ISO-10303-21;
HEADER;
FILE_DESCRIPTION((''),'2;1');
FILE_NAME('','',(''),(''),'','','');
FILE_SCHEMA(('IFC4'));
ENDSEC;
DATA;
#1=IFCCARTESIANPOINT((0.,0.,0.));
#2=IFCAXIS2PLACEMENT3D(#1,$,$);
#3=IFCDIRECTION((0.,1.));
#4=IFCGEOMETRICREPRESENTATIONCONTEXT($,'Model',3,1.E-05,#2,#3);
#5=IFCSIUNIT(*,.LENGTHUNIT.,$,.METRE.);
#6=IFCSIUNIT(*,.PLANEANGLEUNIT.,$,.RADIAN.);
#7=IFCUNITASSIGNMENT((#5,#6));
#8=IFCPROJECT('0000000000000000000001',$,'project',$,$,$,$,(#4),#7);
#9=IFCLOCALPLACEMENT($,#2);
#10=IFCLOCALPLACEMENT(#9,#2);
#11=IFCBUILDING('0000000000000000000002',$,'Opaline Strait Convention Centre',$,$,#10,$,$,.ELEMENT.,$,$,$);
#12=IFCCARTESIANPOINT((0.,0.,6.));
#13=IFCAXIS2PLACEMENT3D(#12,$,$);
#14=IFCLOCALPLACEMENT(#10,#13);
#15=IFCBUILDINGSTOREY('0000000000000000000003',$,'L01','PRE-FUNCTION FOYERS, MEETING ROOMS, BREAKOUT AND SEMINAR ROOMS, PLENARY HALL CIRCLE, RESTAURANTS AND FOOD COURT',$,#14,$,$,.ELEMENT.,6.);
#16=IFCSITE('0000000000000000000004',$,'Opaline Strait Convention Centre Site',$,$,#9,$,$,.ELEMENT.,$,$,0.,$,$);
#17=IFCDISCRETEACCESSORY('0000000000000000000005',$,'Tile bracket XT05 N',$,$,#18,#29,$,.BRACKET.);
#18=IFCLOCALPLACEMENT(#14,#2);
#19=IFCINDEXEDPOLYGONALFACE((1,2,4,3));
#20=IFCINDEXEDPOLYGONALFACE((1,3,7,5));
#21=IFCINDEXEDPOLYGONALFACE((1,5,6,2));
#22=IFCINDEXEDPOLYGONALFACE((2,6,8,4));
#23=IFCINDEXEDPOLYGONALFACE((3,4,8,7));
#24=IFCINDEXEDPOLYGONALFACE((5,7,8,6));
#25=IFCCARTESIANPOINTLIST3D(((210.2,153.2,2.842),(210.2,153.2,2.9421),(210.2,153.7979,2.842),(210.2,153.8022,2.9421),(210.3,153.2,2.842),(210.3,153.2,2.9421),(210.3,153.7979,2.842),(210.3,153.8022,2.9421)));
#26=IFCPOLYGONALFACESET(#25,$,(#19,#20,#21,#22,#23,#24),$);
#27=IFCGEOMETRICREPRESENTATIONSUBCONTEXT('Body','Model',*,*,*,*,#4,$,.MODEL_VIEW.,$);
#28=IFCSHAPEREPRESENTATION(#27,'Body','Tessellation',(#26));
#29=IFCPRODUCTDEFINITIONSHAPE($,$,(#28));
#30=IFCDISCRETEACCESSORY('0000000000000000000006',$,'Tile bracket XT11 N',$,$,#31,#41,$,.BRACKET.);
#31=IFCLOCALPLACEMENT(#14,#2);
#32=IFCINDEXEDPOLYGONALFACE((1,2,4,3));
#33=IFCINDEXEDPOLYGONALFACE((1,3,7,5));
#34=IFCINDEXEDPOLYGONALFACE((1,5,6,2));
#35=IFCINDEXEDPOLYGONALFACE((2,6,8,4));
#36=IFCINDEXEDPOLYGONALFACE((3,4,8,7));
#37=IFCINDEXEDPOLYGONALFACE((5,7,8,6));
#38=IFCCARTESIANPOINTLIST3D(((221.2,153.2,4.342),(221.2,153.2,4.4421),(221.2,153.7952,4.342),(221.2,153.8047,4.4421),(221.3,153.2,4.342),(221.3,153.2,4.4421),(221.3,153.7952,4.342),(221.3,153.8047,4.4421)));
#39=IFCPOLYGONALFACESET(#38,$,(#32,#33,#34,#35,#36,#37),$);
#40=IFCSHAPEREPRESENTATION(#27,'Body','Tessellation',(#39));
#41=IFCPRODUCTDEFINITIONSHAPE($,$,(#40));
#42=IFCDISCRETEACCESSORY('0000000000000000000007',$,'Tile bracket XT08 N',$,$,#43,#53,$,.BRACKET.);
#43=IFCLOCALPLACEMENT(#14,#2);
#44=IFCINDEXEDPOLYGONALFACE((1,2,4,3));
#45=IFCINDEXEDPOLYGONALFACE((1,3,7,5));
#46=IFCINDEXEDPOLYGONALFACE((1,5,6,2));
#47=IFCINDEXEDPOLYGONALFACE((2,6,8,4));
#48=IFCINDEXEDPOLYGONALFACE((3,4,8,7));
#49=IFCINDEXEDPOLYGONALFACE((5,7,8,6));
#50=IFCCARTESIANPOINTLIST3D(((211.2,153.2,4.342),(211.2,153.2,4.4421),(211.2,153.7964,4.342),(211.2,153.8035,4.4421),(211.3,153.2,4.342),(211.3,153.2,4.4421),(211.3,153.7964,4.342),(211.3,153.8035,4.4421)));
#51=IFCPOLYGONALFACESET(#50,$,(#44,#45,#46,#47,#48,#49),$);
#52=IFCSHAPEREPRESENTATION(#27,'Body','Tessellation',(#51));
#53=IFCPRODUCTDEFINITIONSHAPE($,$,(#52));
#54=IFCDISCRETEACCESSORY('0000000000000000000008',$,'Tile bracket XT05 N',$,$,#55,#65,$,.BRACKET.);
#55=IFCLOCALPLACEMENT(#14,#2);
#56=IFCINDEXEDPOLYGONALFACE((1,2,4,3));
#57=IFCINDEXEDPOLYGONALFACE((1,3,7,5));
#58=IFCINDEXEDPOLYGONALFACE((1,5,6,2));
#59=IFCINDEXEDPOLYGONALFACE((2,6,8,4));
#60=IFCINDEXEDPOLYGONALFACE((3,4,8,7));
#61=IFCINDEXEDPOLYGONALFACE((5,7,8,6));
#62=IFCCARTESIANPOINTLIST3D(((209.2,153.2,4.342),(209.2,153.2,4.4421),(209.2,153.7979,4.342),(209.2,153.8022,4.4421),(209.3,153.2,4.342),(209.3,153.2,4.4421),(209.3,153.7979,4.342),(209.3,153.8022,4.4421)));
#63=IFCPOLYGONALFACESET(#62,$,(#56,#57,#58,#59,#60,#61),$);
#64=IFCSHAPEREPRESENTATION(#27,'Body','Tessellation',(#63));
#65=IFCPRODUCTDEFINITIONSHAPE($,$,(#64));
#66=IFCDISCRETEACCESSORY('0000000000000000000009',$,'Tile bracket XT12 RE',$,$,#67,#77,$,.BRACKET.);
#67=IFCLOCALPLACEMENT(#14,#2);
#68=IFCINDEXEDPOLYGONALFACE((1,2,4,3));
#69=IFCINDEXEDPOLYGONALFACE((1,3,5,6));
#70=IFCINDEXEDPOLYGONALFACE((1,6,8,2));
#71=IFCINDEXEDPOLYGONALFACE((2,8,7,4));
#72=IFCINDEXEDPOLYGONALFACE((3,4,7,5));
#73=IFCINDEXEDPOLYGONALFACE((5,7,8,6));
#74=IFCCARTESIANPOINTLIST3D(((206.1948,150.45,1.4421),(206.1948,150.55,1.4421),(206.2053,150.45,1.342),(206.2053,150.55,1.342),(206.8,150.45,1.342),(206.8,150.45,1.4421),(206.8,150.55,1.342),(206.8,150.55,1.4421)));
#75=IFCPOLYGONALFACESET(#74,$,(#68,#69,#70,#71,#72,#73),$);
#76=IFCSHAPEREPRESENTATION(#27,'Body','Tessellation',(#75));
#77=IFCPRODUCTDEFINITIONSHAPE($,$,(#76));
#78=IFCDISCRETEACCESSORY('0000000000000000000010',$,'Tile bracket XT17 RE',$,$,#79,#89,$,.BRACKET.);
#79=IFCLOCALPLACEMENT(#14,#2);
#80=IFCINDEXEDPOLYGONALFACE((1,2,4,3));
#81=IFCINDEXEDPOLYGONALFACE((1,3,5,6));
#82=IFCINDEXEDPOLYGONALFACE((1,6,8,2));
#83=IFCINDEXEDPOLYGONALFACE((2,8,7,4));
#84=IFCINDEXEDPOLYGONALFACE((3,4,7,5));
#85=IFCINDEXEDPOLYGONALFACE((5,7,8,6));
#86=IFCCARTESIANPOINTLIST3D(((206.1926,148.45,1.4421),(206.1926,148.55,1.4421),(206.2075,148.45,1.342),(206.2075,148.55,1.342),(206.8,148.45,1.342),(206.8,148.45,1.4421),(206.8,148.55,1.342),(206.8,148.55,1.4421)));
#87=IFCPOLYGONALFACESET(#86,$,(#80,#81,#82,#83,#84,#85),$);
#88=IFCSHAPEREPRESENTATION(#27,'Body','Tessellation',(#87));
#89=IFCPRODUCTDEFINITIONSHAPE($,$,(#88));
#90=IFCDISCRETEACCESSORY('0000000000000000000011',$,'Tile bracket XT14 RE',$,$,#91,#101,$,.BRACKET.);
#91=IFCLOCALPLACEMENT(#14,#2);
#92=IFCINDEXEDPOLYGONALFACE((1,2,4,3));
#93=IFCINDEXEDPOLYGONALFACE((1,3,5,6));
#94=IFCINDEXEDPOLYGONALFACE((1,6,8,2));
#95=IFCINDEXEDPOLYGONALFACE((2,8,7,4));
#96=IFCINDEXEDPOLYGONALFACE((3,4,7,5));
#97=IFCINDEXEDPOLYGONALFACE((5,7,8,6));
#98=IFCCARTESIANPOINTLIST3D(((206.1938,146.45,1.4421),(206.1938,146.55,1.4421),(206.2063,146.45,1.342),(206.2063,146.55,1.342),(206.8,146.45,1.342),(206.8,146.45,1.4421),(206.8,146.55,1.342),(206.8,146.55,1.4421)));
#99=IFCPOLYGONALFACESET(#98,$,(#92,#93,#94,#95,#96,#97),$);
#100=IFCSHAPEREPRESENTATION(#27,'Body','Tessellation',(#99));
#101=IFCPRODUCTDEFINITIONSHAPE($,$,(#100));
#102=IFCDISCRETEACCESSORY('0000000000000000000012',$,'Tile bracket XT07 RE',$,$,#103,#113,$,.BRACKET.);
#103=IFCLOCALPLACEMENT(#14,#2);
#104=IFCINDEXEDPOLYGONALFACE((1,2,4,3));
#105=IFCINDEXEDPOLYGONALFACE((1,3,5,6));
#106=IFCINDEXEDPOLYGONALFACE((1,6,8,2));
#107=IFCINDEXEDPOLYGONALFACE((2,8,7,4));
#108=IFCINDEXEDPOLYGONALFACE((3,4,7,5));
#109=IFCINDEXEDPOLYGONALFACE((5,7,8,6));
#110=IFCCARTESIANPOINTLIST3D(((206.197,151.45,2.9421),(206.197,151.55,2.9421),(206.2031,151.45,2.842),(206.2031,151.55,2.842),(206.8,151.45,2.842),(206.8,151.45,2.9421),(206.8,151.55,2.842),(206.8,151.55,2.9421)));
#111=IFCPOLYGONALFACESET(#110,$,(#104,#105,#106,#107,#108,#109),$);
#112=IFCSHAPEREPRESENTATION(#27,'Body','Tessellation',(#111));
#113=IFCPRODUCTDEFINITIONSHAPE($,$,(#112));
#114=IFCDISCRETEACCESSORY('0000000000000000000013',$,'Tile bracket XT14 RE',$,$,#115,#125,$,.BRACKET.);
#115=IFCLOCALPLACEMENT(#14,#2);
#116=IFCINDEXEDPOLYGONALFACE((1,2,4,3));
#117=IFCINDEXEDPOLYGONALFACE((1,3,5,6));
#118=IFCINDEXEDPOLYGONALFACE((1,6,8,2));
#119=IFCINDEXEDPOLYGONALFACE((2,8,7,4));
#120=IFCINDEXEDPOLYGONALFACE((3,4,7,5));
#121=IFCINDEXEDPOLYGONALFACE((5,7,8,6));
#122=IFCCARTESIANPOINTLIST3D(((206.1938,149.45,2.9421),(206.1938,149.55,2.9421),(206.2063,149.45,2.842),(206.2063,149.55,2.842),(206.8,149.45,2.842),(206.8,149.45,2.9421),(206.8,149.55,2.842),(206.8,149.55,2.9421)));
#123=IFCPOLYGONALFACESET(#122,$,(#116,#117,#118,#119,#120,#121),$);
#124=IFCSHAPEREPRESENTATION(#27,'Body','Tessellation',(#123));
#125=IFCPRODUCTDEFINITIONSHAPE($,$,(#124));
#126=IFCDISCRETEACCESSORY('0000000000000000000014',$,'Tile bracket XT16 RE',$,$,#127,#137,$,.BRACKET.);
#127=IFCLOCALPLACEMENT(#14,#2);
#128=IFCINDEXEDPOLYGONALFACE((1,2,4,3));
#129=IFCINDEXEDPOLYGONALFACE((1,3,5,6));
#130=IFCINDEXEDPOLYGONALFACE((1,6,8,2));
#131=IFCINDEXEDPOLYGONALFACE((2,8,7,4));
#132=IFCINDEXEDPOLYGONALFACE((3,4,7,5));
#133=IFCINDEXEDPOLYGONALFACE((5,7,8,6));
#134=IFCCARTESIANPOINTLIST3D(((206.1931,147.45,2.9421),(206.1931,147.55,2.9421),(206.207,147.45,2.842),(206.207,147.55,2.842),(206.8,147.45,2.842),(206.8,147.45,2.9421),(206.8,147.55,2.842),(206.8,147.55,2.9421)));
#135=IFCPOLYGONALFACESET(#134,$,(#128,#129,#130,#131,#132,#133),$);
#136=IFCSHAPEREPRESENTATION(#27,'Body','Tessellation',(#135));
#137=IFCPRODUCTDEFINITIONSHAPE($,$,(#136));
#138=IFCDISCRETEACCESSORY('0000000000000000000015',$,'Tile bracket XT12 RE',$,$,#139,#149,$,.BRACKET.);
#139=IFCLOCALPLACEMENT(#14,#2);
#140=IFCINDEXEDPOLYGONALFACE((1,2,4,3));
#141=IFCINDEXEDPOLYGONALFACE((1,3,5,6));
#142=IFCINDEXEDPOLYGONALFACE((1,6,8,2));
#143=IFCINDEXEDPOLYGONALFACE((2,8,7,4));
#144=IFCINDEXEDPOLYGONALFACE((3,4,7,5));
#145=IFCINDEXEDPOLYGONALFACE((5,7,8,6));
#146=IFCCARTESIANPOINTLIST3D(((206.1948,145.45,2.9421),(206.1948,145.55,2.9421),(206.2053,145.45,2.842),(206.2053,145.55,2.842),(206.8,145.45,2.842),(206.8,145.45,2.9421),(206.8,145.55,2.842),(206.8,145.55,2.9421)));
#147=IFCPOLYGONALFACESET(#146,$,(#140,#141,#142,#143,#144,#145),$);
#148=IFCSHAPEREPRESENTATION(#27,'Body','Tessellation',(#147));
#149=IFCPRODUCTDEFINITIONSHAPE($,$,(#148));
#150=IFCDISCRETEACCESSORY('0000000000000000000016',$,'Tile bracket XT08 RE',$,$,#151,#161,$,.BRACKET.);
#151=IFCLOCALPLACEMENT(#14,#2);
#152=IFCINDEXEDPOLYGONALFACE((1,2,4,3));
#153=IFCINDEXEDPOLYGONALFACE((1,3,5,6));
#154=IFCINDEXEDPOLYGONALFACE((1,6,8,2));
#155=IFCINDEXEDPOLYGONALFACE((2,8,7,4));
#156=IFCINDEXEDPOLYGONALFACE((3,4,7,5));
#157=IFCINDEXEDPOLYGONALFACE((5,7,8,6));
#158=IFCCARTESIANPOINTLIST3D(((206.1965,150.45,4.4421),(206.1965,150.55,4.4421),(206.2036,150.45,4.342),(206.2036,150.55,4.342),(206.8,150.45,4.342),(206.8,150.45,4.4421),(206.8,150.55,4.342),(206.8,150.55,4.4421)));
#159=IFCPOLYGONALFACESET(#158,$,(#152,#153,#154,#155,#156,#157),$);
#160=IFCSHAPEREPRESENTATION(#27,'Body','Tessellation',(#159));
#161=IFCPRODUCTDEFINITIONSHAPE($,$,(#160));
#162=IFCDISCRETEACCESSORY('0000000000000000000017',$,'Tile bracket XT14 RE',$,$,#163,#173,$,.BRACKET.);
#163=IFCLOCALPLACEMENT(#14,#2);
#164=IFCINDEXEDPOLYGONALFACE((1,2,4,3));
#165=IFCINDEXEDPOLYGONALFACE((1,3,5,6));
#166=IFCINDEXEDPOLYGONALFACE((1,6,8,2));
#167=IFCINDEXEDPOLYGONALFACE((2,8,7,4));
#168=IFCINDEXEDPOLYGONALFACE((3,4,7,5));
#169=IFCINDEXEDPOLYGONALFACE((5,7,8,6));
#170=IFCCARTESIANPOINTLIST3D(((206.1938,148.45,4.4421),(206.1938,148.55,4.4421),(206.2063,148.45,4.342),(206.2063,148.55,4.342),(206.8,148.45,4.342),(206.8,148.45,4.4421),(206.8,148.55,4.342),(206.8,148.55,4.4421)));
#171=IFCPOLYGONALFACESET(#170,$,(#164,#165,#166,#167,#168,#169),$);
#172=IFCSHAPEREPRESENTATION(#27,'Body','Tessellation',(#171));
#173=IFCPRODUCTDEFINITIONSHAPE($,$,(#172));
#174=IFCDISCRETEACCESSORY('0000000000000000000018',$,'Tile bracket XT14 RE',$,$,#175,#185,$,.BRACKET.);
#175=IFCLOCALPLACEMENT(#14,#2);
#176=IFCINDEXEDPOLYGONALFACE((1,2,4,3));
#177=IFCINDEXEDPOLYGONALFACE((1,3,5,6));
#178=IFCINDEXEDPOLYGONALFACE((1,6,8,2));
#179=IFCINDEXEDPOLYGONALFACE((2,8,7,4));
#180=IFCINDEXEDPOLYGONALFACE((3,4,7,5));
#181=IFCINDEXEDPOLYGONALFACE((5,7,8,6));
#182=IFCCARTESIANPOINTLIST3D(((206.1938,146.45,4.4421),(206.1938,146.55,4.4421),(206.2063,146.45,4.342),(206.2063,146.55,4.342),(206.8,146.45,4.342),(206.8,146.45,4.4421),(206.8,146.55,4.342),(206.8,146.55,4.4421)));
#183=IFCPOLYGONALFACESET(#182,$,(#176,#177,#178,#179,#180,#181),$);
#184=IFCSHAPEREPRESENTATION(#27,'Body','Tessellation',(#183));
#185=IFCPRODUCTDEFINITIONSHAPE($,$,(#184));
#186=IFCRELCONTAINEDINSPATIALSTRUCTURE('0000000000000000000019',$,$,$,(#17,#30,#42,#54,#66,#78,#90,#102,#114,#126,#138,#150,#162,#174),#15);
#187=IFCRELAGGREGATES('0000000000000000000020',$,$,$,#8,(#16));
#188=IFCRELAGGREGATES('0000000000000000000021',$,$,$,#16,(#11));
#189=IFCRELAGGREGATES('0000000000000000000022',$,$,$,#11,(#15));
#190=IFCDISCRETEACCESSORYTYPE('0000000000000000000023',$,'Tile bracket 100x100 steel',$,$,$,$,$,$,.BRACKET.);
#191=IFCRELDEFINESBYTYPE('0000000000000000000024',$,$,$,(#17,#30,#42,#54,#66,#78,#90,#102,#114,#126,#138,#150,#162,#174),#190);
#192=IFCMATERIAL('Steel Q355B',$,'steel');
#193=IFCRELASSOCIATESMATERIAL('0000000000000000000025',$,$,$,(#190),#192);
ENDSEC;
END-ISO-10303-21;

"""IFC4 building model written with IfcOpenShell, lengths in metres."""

from ifc_helpers import new_model, si_unit, direction, frame, origin, place, context, subcontext, project, spatial, polyline, outline, extrude, material, type_object, element, save


model = new_model("IFC4")

# Units and contexts
model_context = context("Model", 3, precision=1e-05, world=origin(), true_north=direction((0.0, 1.0)))
body_context = subcontext(model_context, "Body", "Model", "MODEL_VIEW")
ifc_project = project(units=[si_unit("LENGTHUNIT", "METRE"), si_unit("PLANEANGLEUNIT", "RADIAN")], contexts=[model_context])

# Site, building, storey
site_placement = place(None, origin())
site = spatial("IfcSite", under=ifc_project, at=site_placement, Name="Opaline Strait Convention Centre Site", CompositionType="ELEMENT", RefElevation=0.0)
building_placement = place(site_placement, origin())
building = spatial("IfcBuilding", under=site, at=building_placement, Name="Opaline Strait Convention Centre", CompositionType="ELEMENT")
storey_placement = place(building_placement, frame((0.0, 0.0, 6.0)))
storey = spatial("IfcBuildingStorey", under=building, at=storey_placement, Name="L01", Description="PRE-FUNCTION FOYERS, MEETING ROOMS, BREAKOUT AND SEMINAR ROOMS, PLENARY HALL CIRCLE, RESTAURANTS AND FOOD COURT", CompositionType="ELEMENT", Elevation=6.0)

# Shared definitions
ifc_material_1 = material(Name="Steel Q355B", Category="steel")

# Discrete accessories
discrete_accessory_type = type_object("IfcDiscreteAccessoryType", Name="Tile bracket 100x100 steel", PredefinedType="BRACKET", material=ifc_material_1)
discrete_accessory_1_placement = place(storey_placement, frame((210.3, 153.2, 2.8921), z_axis=(-1.0, 0.0, 0.0), x_axis=(0.0, -1.0, 0.0)))
element("IfcDiscreteAccessory", 1, at=discrete_accessory_1_placement, inside=storey, type_object=discrete_accessory_type, Name="Tile bracket XT05 N", PredefinedType="BRACKET", context=body_context, shape_type="SweptSolid", body=[
    extrude(outline(polyline([(0.0, -0.05), (0.0, 0.05), (-0.6023, 0.05), (-0.5979, -0.05), (0.0, -0.05)])), origin(), (0.0, 0.0, 1.0), 0.1001),
])
discrete_accessory_2_placement = place(storey_placement, frame((221.3, 153.2, 4.3921), z_axis=(-1.0, 0.0, 0.0), x_axis=(0.0, -1.0, 0.0)))
element("IfcDiscreteAccessory", 2, at=discrete_accessory_2_placement, inside=storey, type_object=discrete_accessory_type, Name="Tile bracket XT11 N", PredefinedType="BRACKET", context=body_context, shape_type="SweptSolid", body=[
    extrude(outline(polyline([(0.0, -0.05), (0.0, 0.05), (-0.6047, 0.05), (-0.5952, -0.05), (0.0, -0.05)])), origin(), (0.0, 0.0, 1.0), 0.1001),
])
discrete_accessory_3_placement = place(storey_placement, frame((211.3, 153.2, 4.3921), z_axis=(-1.0, 0.0, 0.0), x_axis=(0.0, -1.0, 0.0)))
element("IfcDiscreteAccessory", 3, at=discrete_accessory_3_placement, inside=storey, type_object=discrete_accessory_type, Name="Tile bracket XT08 N", PredefinedType="BRACKET", context=body_context, shape_type="SweptSolid", body=[
    extrude(outline(polyline([(0.0, -0.05), (0.0, 0.05), (-0.6035, 0.05), (-0.5964, -0.05), (0.0, -0.05)])), origin(), (0.0, 0.0, 1.0), 0.1001),
])
discrete_accessory_4_placement = place(storey_placement, frame((209.3, 153.2, 4.3921), z_axis=(-1.0, 0.0, 0.0), x_axis=(0.0, -1.0, 0.0)))
element("IfcDiscreteAccessory", 4, at=discrete_accessory_4_placement, inside=storey, type_object=discrete_accessory_type, Name="Tile bracket XT05 N", PredefinedType="BRACKET", context=body_context, shape_type="SweptSolid", body=[
    extrude(outline(polyline([(0.0, -0.05), (0.0, 0.05), (-0.6023, 0.05), (-0.5979, -0.05), (0.0, -0.05)])), origin(), (0.0, 0.0, 1.0), 0.1001),
])
discrete_accessory_5_placement = place(storey_placement, frame((206.8, 150.55, 1.3921), z_axis=(0.0, -1.0, 0.0), x_axis=(1.0, 0.0, 0.0)))
element("IfcDiscreteAccessory", 5, at=discrete_accessory_5_placement, inside=storey, type_object=discrete_accessory_type, Name="Tile bracket XT12 RE", PredefinedType="BRACKET", context=body_context, shape_type="SweptSolid", body=[
    extrude(outline(polyline([(0.0, -0.05), (0.0, 0.05), (-0.6052, 0.05), (-0.5947, -0.05), (0.0, -0.05)])), origin(), (0.0, 0.0, 1.0), 0.1001),
])
discrete_accessory_6_placement = place(storey_placement, frame((206.8, 148.55, 1.3921), z_axis=(0.0, -1.0, 0.0), x_axis=(1.0, 0.0, 0.0)))
element("IfcDiscreteAccessory", 6, at=discrete_accessory_6_placement, inside=storey, type_object=discrete_accessory_type, Name="Tile bracket XT17 RE", PredefinedType="BRACKET", context=body_context, shape_type="SweptSolid", body=[
    extrude(outline(polyline([(0.0, -0.05), (0.0, 0.05), (-0.6074, 0.05), (-0.5925, -0.05), (0.0, -0.05)])), origin(), (0.0, 0.0, 1.0), 0.1001),
])
discrete_accessory_7_placement = place(storey_placement, frame((206.8, 146.55, 1.3921), z_axis=(0.0, -1.0, 0.0), x_axis=(1.0, 0.0, 0.0)))
element("IfcDiscreteAccessory", 7, at=discrete_accessory_7_placement, inside=storey, type_object=discrete_accessory_type, Name="Tile bracket XT14 RE", PredefinedType="BRACKET", context=body_context, shape_type="SweptSolid", body=[
    extrude(outline(polyline([(0.0, -0.05), (0.0, 0.05), (-0.6062, 0.05), (-0.5938, -0.05), (0.0, -0.05)])), origin(), (0.0, 0.0, 1.0), 0.1001),
])
discrete_accessory_8_placement = place(storey_placement, frame((206.8, 151.55, 2.8921), z_axis=(0.0, -1.0, 0.0), x_axis=(1.0, 0.0, 0.0)))
element("IfcDiscreteAccessory", 8, at=discrete_accessory_8_placement, inside=storey, type_object=discrete_accessory_type, Name="Tile bracket XT07 RE", PredefinedType="BRACKET", context=body_context, shape_type="SweptSolid", body=[
    extrude(outline(polyline([(0.0, -0.05), (0.0, 0.05), (-0.603, 0.05), (-0.5969, -0.05), (0.0, -0.05)])), origin(), (0.0, 0.0, 1.0), 0.1001),
])
discrete_accessory_9_placement = place(storey_placement, frame((206.8, 149.55, 2.8921), z_axis=(0.0, -1.0, 0.0), x_axis=(1.0, 0.0, 0.0)))
element("IfcDiscreteAccessory", 9, at=discrete_accessory_9_placement, inside=storey, type_object=discrete_accessory_type, Name="Tile bracket XT14 RE", PredefinedType="BRACKET", context=body_context, shape_type="SweptSolid", body=[
    extrude(outline(polyline([(0.0, -0.05), (0.0, 0.05), (-0.6062, 0.05), (-0.5938, -0.05), (0.0, -0.05)])), origin(), (0.0, 0.0, 1.0), 0.1001),
])
discrete_accessory_10_placement = place(storey_placement, frame((206.8, 147.55, 2.8921), z_axis=(0.0, -1.0, 0.0), x_axis=(1.0, 0.0, 0.0)))
element("IfcDiscreteAccessory", 10, at=discrete_accessory_10_placement, inside=storey, type_object=discrete_accessory_type, Name="Tile bracket XT16 RE", PredefinedType="BRACKET", context=body_context, shape_type="SweptSolid", body=[
    extrude(outline(polyline([(0.0, -0.05), (0.0, 0.05), (-0.6069, 0.05), (-0.593, -0.05), (0.0, -0.05)])), origin(), (0.0, 0.0, 1.0), 0.1001),
])
discrete_accessory_11_placement = place(storey_placement, frame((206.8, 145.55, 2.8921), z_axis=(0.0, -1.0, 0.0), x_axis=(1.0, 0.0, 0.0)))
element("IfcDiscreteAccessory", 11, at=discrete_accessory_11_placement, inside=storey, type_object=discrete_accessory_type, Name="Tile bracket XT12 RE", PredefinedType="BRACKET", context=body_context, shape_type="SweptSolid", body=[
    extrude(outline(polyline([(0.0, -0.05), (0.0, 0.05), (-0.6052, 0.05), (-0.5947, -0.05), (0.0, -0.05)])), origin(), (0.0, 0.0, 1.0), 0.1001),
])
discrete_accessory_12_placement = place(storey_placement, frame((206.8, 150.55, 4.3921), z_axis=(0.0, -1.0, 0.0), x_axis=(1.0, 0.0, 0.0)))
element("IfcDiscreteAccessory", 12, at=discrete_accessory_12_placement, inside=storey, type_object=discrete_accessory_type, Name="Tile bracket XT08 RE", PredefinedType="BRACKET", context=body_context, shape_type="SweptSolid", body=[
    extrude(outline(polyline([(0.0, -0.05), (0.0, 0.05), (-0.6035, 0.05), (-0.5964, -0.05), (0.0, -0.05)])), origin(), (0.0, 0.0, 1.0), 0.1001),
])
for number, where, z_axis, x_axis, name in (
    (13, (206.8, 148.55, 4.3921), (0.0, -1.0, 0.0), (1.0, 0.0, 0.0), "Tile bracket XT14 RE"),
    (14, (206.8, 146.55, 4.3921), (0.0, -1.0, 0.0), (1.0, 0.0, 0.0), "Tile bracket XT14 RE"),
):
    element("IfcDiscreteAccessory", number, at=place(storey_placement, frame(where, z_axis=z_axis, x_axis=x_axis)), inside=storey, type_object=discrete_accessory_type, Name=name, PredefinedType="BRACKET", context=body_context, shape_type="SweptSolid", body=[
        extrude(outline(polyline([(0.0, -0.05), (0.0, 0.05), (-0.6062, 0.05), (-0.5938, -0.05), (0.0, -0.05)])), origin(), (0.0, 0.0, 1.0), 0.1001),
    ])

save(model, "model.ifc")
